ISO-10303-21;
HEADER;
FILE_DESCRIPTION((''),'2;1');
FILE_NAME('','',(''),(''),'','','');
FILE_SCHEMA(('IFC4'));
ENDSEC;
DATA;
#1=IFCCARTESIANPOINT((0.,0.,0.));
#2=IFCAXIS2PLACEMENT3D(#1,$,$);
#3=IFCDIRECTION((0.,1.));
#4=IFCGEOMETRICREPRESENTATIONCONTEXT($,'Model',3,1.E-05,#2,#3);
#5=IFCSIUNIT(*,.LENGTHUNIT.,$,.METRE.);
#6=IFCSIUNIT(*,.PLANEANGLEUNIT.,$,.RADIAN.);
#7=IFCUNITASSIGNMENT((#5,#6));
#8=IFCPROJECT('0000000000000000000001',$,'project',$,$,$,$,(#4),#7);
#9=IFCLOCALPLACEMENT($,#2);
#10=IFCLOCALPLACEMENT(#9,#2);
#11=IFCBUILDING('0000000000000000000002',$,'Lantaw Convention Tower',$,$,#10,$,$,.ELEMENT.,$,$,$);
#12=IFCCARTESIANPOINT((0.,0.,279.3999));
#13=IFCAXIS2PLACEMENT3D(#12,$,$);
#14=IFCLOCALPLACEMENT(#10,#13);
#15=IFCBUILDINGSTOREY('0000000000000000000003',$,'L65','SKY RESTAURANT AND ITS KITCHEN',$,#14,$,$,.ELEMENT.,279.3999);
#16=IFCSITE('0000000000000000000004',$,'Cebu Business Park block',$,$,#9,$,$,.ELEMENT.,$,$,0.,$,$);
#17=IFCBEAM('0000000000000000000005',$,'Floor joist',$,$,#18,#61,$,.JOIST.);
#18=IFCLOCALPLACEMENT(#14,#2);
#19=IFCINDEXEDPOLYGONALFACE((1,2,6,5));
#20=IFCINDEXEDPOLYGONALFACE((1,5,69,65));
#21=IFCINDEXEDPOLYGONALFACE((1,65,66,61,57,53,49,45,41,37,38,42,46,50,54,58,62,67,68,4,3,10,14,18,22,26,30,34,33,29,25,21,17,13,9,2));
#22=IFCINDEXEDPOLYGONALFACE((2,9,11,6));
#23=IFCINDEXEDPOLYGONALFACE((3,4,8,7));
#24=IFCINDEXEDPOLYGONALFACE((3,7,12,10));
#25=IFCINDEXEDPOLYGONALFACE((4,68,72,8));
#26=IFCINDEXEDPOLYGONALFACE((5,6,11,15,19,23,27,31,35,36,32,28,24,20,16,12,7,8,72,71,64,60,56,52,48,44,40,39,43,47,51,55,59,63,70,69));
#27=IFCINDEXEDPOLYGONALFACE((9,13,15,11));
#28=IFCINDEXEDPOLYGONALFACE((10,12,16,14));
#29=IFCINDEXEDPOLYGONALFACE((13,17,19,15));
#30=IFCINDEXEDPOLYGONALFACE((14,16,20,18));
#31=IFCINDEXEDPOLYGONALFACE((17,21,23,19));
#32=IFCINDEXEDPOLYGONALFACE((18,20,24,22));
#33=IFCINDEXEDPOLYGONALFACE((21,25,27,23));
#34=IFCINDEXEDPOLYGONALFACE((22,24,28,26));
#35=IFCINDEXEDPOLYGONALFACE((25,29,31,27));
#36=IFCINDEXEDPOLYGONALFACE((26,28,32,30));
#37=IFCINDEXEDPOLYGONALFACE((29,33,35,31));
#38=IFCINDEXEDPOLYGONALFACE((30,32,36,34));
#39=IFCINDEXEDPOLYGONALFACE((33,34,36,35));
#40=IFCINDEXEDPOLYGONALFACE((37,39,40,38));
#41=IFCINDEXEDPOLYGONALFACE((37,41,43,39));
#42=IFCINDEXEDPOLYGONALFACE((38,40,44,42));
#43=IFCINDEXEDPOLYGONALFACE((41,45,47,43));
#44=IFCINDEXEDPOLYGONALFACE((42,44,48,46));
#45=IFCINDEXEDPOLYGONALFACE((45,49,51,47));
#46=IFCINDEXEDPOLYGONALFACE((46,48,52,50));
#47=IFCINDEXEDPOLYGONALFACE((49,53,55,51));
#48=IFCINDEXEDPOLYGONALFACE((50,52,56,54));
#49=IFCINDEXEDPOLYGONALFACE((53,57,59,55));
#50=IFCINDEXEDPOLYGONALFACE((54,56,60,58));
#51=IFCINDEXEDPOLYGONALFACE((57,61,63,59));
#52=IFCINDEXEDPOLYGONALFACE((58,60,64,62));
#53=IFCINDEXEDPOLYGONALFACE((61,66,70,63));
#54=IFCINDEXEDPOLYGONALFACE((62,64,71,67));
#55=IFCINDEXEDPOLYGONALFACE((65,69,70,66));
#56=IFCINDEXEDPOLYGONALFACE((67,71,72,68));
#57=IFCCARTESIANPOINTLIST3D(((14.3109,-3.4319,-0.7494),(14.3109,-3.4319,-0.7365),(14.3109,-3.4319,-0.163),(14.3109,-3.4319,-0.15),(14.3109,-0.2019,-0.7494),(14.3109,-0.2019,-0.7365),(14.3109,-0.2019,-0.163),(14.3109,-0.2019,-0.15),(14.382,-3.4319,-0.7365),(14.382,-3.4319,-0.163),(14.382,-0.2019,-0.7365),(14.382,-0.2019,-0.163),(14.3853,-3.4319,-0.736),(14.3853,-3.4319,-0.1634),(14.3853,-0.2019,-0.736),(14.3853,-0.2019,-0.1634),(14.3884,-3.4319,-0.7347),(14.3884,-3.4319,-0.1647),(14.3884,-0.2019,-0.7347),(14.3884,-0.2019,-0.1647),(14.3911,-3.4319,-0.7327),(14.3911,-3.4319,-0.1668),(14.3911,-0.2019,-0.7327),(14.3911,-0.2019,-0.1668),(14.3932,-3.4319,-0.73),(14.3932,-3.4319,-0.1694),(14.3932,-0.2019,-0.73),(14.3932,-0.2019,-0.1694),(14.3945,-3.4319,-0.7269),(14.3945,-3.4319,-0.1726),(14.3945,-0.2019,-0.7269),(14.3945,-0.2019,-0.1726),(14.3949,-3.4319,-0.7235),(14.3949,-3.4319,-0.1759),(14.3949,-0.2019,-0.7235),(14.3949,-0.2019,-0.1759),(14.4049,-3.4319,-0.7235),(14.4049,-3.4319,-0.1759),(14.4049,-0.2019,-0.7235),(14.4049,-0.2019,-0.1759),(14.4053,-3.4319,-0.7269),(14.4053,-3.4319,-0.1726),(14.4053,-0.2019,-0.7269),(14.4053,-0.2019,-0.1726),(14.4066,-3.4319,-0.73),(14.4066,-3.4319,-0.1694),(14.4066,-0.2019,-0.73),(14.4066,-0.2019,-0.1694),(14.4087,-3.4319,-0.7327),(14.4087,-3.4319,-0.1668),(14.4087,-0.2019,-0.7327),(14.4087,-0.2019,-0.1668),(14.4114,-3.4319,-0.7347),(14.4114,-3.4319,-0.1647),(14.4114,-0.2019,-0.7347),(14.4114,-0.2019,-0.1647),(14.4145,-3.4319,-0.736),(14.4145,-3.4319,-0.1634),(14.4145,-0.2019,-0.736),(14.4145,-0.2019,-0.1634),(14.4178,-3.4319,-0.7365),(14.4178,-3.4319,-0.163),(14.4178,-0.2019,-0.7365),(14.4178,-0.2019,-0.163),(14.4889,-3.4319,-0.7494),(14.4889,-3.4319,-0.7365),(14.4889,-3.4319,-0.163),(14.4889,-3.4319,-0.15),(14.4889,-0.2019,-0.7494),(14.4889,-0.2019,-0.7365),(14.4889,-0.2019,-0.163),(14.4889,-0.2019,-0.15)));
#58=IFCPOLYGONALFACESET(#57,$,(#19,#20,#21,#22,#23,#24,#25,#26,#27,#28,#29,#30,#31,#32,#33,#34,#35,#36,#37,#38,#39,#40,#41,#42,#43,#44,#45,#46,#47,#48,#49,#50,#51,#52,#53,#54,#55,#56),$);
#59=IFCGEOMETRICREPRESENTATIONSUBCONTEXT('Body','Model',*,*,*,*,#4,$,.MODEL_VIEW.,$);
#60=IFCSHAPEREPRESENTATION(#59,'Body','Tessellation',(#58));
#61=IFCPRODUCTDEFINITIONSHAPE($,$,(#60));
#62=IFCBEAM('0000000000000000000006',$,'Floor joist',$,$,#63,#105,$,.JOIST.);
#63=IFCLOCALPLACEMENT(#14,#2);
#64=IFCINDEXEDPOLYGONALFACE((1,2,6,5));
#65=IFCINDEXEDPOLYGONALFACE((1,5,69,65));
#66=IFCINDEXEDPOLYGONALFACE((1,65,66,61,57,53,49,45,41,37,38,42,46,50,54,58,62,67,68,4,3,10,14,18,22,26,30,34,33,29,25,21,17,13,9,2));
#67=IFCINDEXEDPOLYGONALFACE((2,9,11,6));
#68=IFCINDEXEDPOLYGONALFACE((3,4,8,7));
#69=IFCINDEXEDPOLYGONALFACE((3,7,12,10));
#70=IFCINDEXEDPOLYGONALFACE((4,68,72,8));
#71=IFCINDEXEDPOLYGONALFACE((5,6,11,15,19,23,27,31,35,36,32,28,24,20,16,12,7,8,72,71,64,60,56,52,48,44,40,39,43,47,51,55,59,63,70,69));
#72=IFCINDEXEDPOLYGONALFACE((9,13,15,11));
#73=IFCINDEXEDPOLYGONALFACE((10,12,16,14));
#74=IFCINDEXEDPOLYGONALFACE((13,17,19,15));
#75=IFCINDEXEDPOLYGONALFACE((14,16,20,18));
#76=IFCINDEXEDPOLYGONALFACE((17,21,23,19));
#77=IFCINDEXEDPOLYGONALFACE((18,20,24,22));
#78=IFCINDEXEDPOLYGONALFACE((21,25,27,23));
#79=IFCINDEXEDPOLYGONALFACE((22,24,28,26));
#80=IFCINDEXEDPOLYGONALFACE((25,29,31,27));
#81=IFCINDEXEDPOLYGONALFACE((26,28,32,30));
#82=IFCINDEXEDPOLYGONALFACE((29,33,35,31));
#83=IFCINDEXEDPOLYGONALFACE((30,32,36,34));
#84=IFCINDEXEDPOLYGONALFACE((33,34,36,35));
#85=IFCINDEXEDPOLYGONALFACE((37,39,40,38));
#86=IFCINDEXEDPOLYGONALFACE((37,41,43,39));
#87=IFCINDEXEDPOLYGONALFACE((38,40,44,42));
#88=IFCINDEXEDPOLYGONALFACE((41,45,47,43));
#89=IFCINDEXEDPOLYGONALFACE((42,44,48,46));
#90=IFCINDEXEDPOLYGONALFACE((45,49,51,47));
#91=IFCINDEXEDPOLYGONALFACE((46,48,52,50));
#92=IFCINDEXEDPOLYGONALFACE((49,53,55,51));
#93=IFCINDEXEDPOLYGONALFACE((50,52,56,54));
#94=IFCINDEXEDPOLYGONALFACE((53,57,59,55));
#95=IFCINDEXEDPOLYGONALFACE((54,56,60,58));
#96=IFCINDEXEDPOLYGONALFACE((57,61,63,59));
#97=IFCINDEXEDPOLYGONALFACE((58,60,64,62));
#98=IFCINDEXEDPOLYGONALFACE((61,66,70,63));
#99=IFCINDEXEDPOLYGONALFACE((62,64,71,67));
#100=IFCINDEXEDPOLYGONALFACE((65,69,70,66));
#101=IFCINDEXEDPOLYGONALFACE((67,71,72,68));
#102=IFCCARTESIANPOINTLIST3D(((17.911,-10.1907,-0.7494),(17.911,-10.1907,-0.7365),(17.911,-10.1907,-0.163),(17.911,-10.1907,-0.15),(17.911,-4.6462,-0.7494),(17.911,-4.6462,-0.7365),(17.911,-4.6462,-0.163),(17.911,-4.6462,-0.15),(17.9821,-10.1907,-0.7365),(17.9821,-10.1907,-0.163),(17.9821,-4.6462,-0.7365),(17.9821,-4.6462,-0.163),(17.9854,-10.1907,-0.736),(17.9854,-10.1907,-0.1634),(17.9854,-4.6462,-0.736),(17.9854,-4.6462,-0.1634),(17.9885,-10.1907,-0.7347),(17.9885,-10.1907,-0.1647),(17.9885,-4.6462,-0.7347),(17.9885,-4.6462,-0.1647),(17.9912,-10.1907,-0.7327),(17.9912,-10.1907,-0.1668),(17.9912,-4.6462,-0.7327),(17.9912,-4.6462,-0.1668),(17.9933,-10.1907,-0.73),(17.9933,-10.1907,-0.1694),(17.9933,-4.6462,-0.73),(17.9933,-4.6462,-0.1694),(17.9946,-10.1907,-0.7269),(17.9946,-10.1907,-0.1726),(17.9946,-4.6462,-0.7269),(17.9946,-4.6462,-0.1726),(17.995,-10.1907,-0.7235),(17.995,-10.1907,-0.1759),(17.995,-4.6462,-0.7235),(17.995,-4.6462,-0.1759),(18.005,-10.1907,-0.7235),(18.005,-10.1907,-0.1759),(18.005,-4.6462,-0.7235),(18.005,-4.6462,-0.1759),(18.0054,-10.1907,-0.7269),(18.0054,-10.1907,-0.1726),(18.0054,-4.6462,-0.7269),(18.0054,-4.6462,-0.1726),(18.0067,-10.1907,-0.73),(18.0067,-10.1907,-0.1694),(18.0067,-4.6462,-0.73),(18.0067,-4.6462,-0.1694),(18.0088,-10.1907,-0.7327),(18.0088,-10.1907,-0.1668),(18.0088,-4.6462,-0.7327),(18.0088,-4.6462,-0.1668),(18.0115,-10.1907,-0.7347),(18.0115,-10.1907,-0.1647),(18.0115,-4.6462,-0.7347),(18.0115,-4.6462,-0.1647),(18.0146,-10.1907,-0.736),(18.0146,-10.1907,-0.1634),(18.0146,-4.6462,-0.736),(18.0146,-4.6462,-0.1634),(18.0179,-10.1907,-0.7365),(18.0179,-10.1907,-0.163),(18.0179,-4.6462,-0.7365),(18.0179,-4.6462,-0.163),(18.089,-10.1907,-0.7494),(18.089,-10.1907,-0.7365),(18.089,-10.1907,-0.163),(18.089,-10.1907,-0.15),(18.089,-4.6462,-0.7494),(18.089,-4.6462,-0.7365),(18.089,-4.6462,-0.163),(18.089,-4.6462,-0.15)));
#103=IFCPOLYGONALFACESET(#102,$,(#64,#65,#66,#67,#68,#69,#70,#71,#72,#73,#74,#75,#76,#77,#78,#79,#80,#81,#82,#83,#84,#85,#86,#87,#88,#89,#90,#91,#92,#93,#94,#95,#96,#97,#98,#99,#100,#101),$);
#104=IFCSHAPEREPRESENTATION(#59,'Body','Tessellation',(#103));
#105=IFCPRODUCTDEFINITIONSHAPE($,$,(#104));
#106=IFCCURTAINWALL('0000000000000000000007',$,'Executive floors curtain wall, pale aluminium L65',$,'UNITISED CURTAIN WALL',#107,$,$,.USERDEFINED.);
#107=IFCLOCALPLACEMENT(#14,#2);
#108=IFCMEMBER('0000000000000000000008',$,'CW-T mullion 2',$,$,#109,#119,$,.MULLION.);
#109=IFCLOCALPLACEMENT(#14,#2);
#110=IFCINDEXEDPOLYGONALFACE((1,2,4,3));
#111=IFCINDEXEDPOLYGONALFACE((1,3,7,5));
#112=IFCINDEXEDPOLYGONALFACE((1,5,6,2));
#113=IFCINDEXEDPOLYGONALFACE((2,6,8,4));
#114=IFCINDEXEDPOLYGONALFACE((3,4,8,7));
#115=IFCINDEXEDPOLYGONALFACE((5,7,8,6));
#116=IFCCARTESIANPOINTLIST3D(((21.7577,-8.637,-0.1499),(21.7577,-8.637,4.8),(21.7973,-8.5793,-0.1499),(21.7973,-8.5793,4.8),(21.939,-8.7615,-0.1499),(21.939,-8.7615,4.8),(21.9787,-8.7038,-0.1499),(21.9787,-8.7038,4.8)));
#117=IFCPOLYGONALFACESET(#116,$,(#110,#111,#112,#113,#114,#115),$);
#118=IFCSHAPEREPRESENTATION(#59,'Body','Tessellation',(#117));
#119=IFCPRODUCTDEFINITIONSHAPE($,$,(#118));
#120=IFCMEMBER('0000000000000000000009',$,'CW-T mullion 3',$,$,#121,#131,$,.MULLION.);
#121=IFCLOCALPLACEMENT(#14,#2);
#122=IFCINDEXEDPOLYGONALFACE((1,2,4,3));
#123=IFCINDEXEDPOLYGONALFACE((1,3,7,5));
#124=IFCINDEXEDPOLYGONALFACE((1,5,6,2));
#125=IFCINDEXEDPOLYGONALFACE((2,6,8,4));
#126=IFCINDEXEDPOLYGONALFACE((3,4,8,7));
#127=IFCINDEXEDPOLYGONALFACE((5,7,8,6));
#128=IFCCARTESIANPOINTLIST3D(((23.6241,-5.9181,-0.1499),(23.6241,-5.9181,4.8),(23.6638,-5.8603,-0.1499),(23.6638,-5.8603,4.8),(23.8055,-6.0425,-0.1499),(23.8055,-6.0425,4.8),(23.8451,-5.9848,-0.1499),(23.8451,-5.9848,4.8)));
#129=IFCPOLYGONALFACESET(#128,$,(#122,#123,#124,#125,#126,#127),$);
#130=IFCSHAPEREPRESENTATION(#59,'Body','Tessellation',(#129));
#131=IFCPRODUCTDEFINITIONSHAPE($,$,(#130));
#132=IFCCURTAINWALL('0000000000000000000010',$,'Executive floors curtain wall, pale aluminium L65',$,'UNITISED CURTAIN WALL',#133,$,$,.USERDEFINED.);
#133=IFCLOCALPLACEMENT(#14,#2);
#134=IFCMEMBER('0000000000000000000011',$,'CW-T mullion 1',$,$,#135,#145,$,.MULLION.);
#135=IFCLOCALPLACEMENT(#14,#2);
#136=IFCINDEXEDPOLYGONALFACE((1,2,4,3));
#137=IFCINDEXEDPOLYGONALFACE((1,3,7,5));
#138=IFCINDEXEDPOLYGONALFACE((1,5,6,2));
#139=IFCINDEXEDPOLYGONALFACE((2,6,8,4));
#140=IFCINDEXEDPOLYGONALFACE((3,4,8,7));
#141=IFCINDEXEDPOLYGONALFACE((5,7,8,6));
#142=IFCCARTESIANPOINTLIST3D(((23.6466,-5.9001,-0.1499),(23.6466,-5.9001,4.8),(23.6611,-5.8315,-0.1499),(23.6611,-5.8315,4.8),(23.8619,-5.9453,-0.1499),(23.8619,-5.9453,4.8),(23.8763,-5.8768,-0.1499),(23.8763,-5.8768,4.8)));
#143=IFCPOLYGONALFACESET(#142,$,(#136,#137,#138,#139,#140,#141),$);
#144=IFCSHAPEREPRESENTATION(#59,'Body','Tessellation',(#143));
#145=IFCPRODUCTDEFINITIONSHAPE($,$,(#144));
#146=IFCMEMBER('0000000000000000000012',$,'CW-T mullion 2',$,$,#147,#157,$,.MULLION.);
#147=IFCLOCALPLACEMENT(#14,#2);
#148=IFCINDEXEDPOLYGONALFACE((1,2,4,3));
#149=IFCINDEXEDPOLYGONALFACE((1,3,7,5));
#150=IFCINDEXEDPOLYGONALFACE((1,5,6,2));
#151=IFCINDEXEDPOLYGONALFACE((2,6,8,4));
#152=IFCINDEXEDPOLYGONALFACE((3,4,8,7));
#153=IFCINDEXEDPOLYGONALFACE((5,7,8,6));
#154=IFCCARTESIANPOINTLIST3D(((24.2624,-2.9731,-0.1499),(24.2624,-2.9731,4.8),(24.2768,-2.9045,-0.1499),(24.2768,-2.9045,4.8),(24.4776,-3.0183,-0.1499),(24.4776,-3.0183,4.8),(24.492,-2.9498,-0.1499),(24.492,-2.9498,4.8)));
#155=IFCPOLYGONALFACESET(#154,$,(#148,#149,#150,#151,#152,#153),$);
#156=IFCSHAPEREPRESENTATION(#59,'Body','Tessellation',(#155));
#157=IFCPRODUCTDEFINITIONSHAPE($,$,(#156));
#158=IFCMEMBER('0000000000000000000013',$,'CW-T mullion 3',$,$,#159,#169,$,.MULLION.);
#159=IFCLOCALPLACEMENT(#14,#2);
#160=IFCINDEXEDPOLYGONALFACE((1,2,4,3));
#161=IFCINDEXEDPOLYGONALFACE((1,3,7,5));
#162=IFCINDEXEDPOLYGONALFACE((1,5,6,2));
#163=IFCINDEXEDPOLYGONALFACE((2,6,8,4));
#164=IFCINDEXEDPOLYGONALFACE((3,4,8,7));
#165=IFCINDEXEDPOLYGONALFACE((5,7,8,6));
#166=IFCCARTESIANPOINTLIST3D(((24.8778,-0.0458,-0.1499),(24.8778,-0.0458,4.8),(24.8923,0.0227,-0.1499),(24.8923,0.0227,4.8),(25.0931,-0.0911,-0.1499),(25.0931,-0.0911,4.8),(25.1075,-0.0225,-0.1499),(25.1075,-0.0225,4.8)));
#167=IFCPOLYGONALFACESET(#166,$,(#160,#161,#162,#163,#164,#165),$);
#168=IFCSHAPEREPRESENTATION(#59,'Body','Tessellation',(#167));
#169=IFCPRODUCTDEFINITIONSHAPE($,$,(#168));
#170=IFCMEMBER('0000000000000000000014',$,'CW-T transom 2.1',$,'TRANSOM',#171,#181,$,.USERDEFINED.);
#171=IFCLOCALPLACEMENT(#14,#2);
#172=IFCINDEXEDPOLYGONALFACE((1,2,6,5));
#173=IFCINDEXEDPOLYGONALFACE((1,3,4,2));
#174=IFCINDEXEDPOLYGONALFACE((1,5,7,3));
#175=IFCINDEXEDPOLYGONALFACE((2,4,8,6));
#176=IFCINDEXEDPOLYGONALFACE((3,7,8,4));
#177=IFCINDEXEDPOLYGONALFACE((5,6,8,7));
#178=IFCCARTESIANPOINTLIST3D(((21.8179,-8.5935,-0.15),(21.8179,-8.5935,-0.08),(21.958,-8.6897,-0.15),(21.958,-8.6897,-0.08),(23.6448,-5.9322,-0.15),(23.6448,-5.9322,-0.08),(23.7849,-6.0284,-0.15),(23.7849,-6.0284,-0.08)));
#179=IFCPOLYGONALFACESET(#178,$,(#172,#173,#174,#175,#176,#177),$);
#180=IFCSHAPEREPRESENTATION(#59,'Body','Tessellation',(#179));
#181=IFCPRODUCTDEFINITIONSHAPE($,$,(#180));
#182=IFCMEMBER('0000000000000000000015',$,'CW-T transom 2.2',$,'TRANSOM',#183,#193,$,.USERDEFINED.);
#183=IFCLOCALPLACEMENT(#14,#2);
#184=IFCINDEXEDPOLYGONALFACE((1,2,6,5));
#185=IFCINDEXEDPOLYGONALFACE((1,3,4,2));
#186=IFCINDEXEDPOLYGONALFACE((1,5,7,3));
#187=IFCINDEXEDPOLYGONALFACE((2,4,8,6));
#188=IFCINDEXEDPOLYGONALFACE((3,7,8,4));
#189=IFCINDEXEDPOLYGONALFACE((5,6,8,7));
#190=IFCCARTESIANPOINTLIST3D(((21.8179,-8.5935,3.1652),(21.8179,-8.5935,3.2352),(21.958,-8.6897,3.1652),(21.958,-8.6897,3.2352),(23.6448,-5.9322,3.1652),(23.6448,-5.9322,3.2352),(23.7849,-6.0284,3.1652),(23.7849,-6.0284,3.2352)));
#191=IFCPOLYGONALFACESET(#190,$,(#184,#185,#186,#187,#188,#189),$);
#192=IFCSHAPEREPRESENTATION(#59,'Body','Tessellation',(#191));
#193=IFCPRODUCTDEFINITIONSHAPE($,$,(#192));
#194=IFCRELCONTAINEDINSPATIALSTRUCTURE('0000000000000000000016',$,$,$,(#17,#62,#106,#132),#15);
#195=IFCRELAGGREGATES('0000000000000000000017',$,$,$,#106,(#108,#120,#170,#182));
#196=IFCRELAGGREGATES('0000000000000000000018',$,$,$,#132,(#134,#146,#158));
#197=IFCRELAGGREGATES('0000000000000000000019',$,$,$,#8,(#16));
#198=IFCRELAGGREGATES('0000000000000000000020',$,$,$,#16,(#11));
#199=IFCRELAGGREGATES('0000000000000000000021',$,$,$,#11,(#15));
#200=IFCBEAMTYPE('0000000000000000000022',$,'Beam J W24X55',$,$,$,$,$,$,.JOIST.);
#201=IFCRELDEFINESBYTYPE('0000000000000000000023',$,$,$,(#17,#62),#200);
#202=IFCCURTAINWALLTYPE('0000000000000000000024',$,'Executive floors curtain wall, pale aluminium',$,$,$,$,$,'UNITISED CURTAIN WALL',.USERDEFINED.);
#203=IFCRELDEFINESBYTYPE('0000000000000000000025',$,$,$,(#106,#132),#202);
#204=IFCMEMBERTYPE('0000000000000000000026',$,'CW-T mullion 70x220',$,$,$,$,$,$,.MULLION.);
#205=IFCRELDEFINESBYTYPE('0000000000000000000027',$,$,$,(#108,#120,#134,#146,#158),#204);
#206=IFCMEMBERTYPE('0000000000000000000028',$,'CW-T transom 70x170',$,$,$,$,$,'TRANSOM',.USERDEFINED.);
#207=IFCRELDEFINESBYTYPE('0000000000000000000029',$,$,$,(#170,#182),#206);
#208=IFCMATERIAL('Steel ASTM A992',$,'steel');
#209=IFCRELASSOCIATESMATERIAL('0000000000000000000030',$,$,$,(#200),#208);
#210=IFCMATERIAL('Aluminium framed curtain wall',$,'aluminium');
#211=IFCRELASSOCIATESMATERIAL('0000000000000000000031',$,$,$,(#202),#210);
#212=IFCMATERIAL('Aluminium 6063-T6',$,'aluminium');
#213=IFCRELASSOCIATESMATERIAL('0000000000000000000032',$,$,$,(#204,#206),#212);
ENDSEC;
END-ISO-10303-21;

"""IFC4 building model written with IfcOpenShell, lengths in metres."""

from ifc_helpers import new_model, si_unit, direction, frame, origin, origin_2d, place, context, subcontext, project, spatial, rectangle, i_section, extrude, material, material_profile, profile_set, type_object, element, aggregate, save


model = new_model("IFC4")

# Units and contexts
model_context = context("Model", 3, precision=1e-05, world=origin(), true_north=direction((0.0, 1.0)))
body_context = subcontext(model_context, "Body", "Model", "MODEL_VIEW")
ifc_project = project(units=[si_unit("LENGTHUNIT", "METRE"), si_unit("PLANEANGLEUNIT", "RADIAN")], contexts=[model_context])

# Site, building, storey
site_placement = place(None, origin())
site = spatial("IfcSite", under=ifc_project, at=site_placement, Name="Cebu Business Park block", CompositionType="ELEMENT", RefElevation=0.0)
building_placement = place(site_placement, origin())
building = spatial("IfcBuilding", under=site, at=building_placement, Name="Lantaw Convention Tower", CompositionType="ELEMENT")
storey_placement = place(building_placement, frame((0.0, 0.0, 279.3999)))
storey = spatial("IfcBuildingStorey", under=building, at=storey_placement, Name="L65", Description="SKY RESTAURANT AND ITS KITCHEN", CompositionType="ELEMENT", Elevation=279.3999)

# Beams
ifc_material_1 = material(Name="Steel ASTM A992", Category="steel")
ifc_material_profile_1 = material_profile(ifc_material_1, i_section(OverallWidth=0.178, OverallDepth=0.5994, WebThickness=0.01, FlangeThickness=0.0129, FilletRadius=0.0129, at=origin_2d()), Name="W24X55")
ifc_profile_set_1 = profile_set([ifc_material_profile_1], Name="Steel ASTM A992")
beam_type_1 = type_object("IfcBeamType", Name="Beam J W24X55", PredefinedType="JOIST", material=ifc_profile_set_1)
beam_1_placement = place(storey_placement, frame((14.3999, -3.4319, -0.4497), z_axis=(0.0, 1.0, 0.0), x_axis=(-1.0, 0.0, 0.0)))
element("IfcBeam", 1, at=beam_1_placement, inside=storey, type_object=beam_type_1, Name="Floor joist", PredefinedType="JOIST", context=body_context, shape_type="SweptSolid", body=[
    extrude(i_section(OverallWidth=0.178, OverallDepth=0.5994, WebThickness=0.01, FlangeThickness=0.0129, FilletRadius=0.0129, at=origin_2d()), origin(), (0.0, 0.0, 1.0), 3.23),
])
beam_2_placement = place(storey_placement, frame((18.0, -10.1907, -0.4497), z_axis=(0.0, 1.0, 0.0), x_axis=(-1.0, 0.0, 0.0)))
element("IfcBeam", 2, at=beam_2_placement, inside=storey, type_object=beam_type_1, Name="Floor joist", PredefinedType="JOIST", context=body_context, shape_type="SweptSolid", body=[
    extrude(i_section(OverallWidth=0.178, OverallDepth=0.5994, WebThickness=0.01, FlangeThickness=0.0129, FilletRadius=0.0129, at=origin_2d()), origin(), (0.0, 0.0, 1.0), 5.5444),
])

# Curtain walls, members
ifc_material_2 = material(Name="Aluminium framed curtain wall", Category="aluminium")
curtain_wall_type = type_object("IfcCurtainWallType", Name="Executive floors curtain wall, pale aluminium", ElementType="UNITISED CURTAIN WALL", PredefinedType="USERDEFINED", material=ifc_material_2)
curtain_wall_1_placement = place(storey_placement, origin())
curtain_wall_1 = element("IfcCurtainWall", 3, at=curtain_wall_1_placement, inside=storey, type_object=curtain_wall_type, Name="Executive floors curtain wall, pale aluminium L65", ObjectType="UNITISED CURTAIN WALL", PredefinedType="USERDEFINED")
ifc_material_3 = material(Name="Aluminium 6063-T6", Category="aluminium")
ifc_material_profile_2 = material_profile(ifc_material_3, rectangle(XDim=0.22, YDim=0.0701, at=origin_2d()), Name="CW-T mullion 70x220")
ifc_profile_set_2 = profile_set([ifc_material_profile_2], Name="Aluminium 6063-T6")
member_type_1 = type_object("IfcMemberType", Name="CW-T mullion 70x220", PredefinedType="MULLION", material=ifc_profile_set_2)
member_1_placement = place(storey_placement, frame((21.8682, -8.6704, -0.1499), z_axis=(0.0, 0.0, 1.0), x_axis=(-0.82445, 0.565935, 0.0)))
member_1 = element("IfcMember", 4, at=member_1_placement, type_object=member_type_1, Name="CW-T mullion 2", PredefinedType="MULLION", context=body_context, shape_type="SweptSolid", body=[
    extrude(rectangle(XDim=0.22, YDim=0.0701, at=origin_2d()), origin(), (0.0, 0.0, 1.0), 4.95),
])
member_2_placement = place(storey_placement, frame((23.7346, -5.9514, -0.1499), z_axis=(0.0, 0.0, 1.0), x_axis=(-0.82445, 0.565935, 0.0)))
member_2 = element("IfcMember", 5, at=member_2_placement, type_object=member_type_1, Name="CW-T mullion 3", PredefinedType="MULLION", context=body_context, shape_type="SweptSolid", body=[
    extrude(rectangle(XDim=0.22, YDim=0.0701, at=origin_2d()), origin(), (0.0, 0.0, 1.0), 4.95),
])
curtain_wall_2_placement = place(storey_placement, origin())
curtain_wall_2 = element("IfcCurtainWall", 6, at=curtain_wall_2_placement, inside=storey, type_object=curtain_wall_type, Name="Executive floors curtain wall, pale aluminium L65", ObjectType="UNITISED CURTAIN WALL", PredefinedType="USERDEFINED")
member_3_placement = place(storey_placement, frame((23.7615, -5.8884, -0.1499), z_axis=(0.0, 0.0, 1.0), x_axis=(-0.978591, 0.205814, 0.0)))
member_3 = element("IfcMember", 7, at=member_3_placement, type_object=member_type_1, Name="CW-T mullion 1", PredefinedType="MULLION", context=body_context, shape_type="SweptSolid", body=[
    extrude(rectangle(XDim=0.22, YDim=0.0701, at=origin_2d()), origin(), (0.0, 0.0, 1.0), 4.95),
])
member_4_placement = place(storey_placement, frame((24.3772, -2.9614, -0.1499), z_axis=(0.0, 0.0, 1.0), x_axis=(-0.978591, 0.205814, 0.0)))
member_4 = element("IfcMember", 8, at=member_4_placement, type_object=member_type_1, Name="CW-T mullion 2", PredefinedType="MULLION", context=body_context, shape_type="SweptSolid", body=[
    extrude(rectangle(XDim=0.22, YDim=0.0701, at=origin_2d()), origin(), (0.0, 0.0, 1.0), 4.95),
])
member_5_placement = place(storey_placement, frame((24.9927, -0.0342, -0.1499), z_axis=(0.0, 0.0, 1.0), x_axis=(-0.978591, 0.205814, 0.0)))
member_5 = element("IfcMember", 9, at=member_5_placement, type_object=member_type_1, Name="CW-T mullion 3", PredefinedType="MULLION", context=body_context, shape_type="SweptSolid", body=[
    extrude(rectangle(XDim=0.22, YDim=0.0701, at=origin_2d()), origin(), (0.0, 0.0, 1.0), 4.95),
])

# Members
ifc_material_profile_3 = material_profile(ifc_material_3, rectangle(XDim=0.1699, YDim=0.0701, at=origin_2d()), Name="CW-T transom 70x170")
ifc_profile_set_3 = profile_set([ifc_material_profile_3], Name="Aluminium 6063-T6")
member_type_2 = type_object("IfcMemberType", Name="CW-T transom 70x170", ElementType="TRANSOM", PredefinedType="USERDEFINED", material=ifc_profile_set_3)
member_6_placement = place(storey_placement, frame((21.8879, -8.6416, -0.115), z_axis=(0.565941, 0.824446, 0.0), x_axis=(-0.824446, 0.565941, 0.0)))
member_6 = element("IfcMember", 10, at=member_6_placement, type_object=member_type_2, Name="CW-T transom 2.1", ObjectType="TRANSOM", PredefinedType="USERDEFINED", context=body_context, shape_type="SweptSolid", body=[
    extrude(rectangle(XDim=0.1699, YDim=0.0701, at=origin_2d()), origin(), (0.0, 0.0, 1.0), 3.228),
])
member_7_placement = place(storey_placement, frame((21.8879, -8.6416, 3.2002), z_axis=(0.565941, 0.824446, 0.0), x_axis=(-0.824446, 0.565941, 0.0)))
member_7 = element("IfcMember", 11, at=member_7_placement, type_object=member_type_2, Name="CW-T transom 2.2", ObjectType="TRANSOM", PredefinedType="USERDEFINED", context=body_context, shape_type="SweptSolid", body=[
    extrude(rectangle(XDim=0.1699, YDim=0.0701, at=origin_2d()), origin(), (0.0, 0.0, 1.0), 3.228),
])

aggregate(curtain_wall_1, [member_1, member_2, member_6, member_7])
aggregate(curtain_wall_2, [member_3, member_4, member_5])

save(model, "model.ifc")
